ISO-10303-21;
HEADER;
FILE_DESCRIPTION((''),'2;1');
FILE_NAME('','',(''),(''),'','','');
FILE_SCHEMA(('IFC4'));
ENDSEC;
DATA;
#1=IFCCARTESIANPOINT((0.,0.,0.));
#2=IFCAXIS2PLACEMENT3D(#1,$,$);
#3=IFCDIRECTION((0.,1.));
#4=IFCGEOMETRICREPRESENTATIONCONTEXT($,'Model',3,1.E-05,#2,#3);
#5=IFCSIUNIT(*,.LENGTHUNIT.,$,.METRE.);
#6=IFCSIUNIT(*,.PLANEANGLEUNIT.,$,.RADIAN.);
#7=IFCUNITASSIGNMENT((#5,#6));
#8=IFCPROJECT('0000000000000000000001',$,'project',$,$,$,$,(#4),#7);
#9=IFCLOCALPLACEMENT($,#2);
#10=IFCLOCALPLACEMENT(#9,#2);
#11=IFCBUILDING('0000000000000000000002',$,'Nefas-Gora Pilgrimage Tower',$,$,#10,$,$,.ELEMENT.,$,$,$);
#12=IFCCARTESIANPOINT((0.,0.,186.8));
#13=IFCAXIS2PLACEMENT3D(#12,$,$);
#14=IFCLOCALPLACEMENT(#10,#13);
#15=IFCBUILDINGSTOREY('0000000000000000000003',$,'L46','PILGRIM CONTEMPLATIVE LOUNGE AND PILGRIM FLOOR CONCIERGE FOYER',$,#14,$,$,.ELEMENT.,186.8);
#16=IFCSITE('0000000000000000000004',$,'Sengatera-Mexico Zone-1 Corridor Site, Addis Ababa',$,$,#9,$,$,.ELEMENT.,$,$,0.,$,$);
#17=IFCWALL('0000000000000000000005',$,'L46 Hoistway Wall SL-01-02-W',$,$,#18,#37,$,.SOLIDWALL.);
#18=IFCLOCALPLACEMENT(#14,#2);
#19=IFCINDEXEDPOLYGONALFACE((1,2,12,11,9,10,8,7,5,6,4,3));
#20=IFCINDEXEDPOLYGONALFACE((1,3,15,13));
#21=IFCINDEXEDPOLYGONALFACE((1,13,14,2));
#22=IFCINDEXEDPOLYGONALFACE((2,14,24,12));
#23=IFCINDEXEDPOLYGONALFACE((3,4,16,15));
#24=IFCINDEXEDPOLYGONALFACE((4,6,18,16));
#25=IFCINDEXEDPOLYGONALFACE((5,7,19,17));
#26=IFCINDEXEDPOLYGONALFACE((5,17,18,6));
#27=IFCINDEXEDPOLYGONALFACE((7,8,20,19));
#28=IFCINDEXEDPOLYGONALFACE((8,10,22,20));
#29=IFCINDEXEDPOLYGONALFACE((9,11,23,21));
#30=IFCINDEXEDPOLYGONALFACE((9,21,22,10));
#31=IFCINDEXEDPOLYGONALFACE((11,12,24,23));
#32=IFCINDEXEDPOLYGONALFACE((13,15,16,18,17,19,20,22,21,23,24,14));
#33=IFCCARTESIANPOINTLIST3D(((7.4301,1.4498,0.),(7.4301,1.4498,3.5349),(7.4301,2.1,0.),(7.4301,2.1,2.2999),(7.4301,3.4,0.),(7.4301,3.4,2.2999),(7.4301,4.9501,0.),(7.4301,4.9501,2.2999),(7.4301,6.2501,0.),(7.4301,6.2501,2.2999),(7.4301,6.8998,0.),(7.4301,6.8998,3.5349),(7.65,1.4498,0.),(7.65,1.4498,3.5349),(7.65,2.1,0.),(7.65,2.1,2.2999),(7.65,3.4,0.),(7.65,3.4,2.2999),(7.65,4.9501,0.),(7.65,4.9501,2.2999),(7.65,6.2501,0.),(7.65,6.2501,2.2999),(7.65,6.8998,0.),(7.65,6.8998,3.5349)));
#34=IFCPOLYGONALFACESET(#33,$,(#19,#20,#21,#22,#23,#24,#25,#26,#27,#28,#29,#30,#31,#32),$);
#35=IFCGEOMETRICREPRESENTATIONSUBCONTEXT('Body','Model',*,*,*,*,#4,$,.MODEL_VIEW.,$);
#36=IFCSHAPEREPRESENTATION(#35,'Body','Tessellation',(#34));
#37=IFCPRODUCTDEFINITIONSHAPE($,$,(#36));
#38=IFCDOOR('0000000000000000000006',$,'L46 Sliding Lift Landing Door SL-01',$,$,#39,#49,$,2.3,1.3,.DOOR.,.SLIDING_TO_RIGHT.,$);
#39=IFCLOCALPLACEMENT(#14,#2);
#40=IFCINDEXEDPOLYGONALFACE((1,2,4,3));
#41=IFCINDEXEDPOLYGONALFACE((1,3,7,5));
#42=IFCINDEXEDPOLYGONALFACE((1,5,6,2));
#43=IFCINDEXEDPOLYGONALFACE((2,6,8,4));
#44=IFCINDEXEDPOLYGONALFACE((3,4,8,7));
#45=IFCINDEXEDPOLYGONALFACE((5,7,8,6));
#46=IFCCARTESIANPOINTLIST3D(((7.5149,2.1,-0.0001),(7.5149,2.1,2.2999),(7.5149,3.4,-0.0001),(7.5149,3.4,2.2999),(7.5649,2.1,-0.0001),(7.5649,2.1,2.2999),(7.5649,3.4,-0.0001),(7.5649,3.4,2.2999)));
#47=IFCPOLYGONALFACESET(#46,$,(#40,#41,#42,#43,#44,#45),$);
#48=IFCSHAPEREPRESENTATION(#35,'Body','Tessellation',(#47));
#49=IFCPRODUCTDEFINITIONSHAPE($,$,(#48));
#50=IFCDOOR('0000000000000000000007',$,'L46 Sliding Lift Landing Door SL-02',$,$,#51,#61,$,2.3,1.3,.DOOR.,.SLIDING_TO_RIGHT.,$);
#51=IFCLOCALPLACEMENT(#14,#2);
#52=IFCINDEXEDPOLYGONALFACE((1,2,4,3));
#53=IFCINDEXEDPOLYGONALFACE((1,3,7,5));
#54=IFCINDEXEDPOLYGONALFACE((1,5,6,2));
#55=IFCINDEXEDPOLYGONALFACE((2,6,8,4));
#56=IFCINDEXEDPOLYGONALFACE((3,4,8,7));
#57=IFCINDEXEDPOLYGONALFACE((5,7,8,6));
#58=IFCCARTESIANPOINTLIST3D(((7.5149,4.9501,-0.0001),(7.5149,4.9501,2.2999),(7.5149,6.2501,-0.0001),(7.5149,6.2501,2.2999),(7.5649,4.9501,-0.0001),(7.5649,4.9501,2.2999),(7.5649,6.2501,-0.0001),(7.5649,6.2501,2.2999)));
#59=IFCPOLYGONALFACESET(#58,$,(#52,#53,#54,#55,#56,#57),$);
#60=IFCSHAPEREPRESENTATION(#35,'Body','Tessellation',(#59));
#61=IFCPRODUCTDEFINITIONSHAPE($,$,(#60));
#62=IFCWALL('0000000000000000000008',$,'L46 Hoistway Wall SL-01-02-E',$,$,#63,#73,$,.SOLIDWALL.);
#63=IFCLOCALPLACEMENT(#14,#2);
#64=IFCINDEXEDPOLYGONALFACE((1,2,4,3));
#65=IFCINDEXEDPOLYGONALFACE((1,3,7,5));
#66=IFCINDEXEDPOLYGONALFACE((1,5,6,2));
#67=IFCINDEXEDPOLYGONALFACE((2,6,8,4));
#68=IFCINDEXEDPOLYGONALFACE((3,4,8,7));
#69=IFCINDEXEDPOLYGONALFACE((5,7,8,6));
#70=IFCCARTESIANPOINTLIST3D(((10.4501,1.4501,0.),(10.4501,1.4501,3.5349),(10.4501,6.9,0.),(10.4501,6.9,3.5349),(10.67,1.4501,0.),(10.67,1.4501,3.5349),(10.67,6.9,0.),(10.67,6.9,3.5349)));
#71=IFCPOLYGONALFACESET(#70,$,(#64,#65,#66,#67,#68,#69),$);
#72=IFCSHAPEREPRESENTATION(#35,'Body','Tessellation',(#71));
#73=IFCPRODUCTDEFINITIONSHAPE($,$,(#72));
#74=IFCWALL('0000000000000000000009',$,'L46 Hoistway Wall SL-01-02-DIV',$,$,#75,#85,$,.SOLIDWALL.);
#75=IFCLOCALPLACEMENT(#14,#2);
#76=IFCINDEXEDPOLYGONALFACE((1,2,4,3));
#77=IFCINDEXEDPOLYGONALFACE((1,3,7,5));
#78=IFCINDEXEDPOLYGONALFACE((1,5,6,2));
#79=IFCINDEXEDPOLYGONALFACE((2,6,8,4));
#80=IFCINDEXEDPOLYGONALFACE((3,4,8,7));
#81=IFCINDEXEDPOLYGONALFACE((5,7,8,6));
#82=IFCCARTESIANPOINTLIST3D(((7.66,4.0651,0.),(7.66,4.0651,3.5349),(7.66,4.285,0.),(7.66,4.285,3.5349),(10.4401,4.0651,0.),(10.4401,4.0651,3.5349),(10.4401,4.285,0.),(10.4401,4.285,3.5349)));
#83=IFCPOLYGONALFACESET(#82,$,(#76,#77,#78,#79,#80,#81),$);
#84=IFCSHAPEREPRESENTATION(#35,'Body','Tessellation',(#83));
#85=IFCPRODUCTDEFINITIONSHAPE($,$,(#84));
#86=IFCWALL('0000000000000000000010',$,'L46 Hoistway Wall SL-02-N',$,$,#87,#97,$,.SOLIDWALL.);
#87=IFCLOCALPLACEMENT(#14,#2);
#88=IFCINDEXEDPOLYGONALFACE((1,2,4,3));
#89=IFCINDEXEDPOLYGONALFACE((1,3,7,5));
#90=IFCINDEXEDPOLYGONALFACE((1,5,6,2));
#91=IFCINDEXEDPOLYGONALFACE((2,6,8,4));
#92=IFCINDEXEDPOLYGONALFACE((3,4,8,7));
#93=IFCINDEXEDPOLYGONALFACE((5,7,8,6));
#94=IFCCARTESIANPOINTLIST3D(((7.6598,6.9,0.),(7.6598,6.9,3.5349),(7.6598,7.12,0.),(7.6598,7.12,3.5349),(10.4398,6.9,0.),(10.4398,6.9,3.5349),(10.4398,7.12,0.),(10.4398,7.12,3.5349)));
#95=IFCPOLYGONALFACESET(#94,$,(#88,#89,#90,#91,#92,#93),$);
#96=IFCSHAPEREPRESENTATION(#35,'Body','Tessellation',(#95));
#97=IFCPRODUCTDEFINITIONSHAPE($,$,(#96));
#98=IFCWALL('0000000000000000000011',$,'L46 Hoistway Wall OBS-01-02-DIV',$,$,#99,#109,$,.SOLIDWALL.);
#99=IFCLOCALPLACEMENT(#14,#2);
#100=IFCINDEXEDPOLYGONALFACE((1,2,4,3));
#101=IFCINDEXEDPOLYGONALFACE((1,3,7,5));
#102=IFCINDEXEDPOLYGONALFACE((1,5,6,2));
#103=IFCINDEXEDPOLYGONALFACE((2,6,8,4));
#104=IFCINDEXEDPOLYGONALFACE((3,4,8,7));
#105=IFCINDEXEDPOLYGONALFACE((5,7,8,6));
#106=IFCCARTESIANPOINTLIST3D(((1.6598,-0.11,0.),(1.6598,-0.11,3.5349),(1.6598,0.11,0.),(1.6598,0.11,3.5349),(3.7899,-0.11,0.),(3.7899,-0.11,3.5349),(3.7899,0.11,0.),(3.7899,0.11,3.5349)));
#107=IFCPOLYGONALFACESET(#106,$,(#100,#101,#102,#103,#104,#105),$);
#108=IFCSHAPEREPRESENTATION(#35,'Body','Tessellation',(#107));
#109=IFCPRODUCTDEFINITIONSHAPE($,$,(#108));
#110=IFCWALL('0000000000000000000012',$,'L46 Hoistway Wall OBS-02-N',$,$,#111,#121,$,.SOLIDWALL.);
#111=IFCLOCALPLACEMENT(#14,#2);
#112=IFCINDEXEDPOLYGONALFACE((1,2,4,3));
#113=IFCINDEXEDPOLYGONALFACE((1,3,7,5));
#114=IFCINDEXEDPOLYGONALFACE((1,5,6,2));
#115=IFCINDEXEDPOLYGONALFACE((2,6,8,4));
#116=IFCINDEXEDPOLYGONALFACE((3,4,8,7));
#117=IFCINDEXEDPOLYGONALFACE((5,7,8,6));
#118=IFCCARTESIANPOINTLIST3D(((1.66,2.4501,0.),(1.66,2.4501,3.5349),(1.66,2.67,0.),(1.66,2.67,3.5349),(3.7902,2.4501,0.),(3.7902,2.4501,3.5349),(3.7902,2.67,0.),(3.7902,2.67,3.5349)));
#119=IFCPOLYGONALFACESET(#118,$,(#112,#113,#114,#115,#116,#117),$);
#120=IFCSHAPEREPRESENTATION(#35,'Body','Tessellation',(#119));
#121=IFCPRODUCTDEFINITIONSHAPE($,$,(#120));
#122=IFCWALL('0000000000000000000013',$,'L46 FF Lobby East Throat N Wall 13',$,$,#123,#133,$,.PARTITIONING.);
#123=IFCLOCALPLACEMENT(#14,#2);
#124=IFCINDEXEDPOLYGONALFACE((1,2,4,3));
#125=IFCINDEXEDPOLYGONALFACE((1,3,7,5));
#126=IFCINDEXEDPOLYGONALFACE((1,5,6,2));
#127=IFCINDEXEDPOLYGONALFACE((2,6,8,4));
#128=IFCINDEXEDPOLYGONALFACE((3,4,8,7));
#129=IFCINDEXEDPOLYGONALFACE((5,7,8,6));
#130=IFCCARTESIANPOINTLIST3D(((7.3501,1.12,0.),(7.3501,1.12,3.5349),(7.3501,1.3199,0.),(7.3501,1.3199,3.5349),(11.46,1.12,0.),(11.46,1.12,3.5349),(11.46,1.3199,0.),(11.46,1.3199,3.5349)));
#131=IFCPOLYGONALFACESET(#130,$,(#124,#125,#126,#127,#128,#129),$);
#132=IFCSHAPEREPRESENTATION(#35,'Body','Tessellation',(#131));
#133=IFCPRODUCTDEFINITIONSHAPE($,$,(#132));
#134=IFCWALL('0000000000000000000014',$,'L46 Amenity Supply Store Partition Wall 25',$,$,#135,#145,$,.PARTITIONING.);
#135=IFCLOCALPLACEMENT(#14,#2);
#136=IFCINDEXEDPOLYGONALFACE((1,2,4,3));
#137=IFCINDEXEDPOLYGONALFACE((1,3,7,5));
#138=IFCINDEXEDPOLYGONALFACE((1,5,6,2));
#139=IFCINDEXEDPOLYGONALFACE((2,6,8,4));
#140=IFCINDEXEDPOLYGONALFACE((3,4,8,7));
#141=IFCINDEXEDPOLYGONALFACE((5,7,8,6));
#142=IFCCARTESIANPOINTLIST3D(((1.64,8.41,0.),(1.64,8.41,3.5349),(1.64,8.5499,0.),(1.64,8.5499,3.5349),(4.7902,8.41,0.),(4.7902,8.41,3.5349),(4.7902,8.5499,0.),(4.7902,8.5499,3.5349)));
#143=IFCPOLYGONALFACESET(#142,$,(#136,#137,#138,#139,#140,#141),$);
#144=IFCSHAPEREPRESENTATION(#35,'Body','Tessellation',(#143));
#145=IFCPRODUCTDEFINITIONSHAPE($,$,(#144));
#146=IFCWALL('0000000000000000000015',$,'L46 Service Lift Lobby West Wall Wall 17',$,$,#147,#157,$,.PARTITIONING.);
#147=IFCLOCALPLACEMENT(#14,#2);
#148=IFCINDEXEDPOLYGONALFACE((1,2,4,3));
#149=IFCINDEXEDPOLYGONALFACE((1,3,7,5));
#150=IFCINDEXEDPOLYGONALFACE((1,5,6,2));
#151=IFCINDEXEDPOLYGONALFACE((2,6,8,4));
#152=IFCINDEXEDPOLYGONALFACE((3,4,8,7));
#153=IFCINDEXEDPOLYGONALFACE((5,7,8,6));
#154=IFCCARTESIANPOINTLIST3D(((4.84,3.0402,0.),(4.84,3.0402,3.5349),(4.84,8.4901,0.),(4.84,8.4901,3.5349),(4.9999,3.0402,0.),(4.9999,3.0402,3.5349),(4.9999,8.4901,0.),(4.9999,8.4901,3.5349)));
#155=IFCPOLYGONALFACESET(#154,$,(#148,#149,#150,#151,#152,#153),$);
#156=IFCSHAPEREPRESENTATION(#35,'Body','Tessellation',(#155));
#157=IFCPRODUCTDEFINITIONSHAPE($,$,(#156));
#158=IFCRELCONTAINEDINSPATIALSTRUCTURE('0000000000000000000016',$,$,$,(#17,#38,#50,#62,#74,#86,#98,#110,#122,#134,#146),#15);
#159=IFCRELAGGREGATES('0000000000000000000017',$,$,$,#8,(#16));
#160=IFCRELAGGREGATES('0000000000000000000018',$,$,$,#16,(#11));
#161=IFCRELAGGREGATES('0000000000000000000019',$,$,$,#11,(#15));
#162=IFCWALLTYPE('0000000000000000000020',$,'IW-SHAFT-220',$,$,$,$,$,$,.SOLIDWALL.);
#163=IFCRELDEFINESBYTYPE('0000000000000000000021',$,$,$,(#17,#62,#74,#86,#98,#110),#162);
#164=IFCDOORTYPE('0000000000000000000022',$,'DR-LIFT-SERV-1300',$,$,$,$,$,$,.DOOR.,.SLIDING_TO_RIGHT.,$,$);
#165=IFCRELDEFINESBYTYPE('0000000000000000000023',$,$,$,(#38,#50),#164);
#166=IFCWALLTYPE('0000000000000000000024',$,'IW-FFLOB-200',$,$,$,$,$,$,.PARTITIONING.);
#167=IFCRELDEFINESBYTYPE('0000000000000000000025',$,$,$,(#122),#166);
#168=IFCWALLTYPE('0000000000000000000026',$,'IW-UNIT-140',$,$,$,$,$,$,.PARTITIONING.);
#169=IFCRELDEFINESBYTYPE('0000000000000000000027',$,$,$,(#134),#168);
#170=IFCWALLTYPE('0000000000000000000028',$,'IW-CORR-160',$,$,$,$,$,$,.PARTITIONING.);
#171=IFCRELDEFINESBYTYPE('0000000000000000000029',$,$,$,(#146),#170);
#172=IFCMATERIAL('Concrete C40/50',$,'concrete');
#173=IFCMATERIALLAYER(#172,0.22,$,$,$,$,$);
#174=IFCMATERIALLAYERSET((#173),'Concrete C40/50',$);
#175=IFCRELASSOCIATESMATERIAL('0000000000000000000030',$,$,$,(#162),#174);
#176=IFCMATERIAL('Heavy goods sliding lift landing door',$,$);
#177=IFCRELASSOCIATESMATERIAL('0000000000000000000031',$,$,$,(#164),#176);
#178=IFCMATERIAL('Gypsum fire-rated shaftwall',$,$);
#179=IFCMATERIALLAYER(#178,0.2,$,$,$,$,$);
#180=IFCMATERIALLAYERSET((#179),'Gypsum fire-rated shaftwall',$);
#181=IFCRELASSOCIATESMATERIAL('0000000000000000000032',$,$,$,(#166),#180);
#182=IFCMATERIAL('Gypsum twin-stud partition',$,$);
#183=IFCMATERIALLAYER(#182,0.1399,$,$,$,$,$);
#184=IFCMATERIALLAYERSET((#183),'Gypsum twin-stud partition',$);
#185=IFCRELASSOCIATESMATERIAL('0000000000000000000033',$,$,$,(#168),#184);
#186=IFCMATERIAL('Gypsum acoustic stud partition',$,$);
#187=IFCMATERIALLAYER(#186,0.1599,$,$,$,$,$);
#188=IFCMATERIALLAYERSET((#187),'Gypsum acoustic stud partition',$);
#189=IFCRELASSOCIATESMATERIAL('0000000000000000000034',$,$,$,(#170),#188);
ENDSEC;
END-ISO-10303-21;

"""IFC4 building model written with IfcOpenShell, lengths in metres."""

from ifc_helpers import new_model, si_unit, direction, frame, frame_2d, origin, place, context, subcontext, project, spatial, rectangle, extrude, source, transform, mapped, material, layer, layer_set, type_object, element, fill, save


model = new_model("IFC4")

# Units and contexts
model_context = context("Model", 3, precision=1e-05, world=origin(), true_north=direction((0.0, 1.0)))
body_context = subcontext(model_context, "Body", "Model", "MODEL_VIEW")
ifc_project = project(units=[si_unit("LENGTHUNIT", "METRE"), si_unit("PLANEANGLEUNIT", "RADIAN")], contexts=[model_context])

# Site, building, storey
site_placement = place(None, origin())
site = spatial("IfcSite", under=ifc_project, at=site_placement, Name="Sengatera-Mexico Zone-1 Corridor Site, Addis Ababa", CompositionType="ELEMENT", RefElevation=0.0)
building_placement = place(site_placement, origin())
building = spatial("IfcBuilding", under=site, at=building_placement, Name="Nefas-Gora Pilgrimage Tower", CompositionType="ELEMENT")
storey_placement = place(building_placement, frame((0.0, 0.0, 186.8)))
storey = spatial("IfcBuildingStorey", under=building, at=storey_placement, Name="L46", Description="PILGRIM CONTEMPLATIVE LOUNGE AND PILGRIM FLOOR CONCIERGE FOYER", CompositionType="ELEMENT", Elevation=186.8)

# Wall, openings, doors
ifc_material_1 = material(Name="Concrete C40/50", Category="concrete")
ifc_layer_1 = layer(ifc_material_1, 0.22)
ifc_layer_set_1 = layer_set([ifc_layer_1], Name="Concrete C40/50")
wall_type_1 = type_object("IfcWallType", Name="IW-SHAFT-220", PredefinedType="SOLIDWALL", material=ifc_layer_set_1)
shared_shape_1 = source(origin(), body_context, "Body", "SweptSolid", [
    extrude(rectangle(XDim=5.45, YDim=0.22, at=frame_2d((2.7251, 0.0))), origin(), (0.0, 0.0, 1.0), 3.5349),
])
wall_1_placement = place(storey_placement, frame((7.54, 6.8999, 0.0), z_axis=(0.0, 0.0, 1.0), x_axis=(0.0, -1.0, 0.0)))
wall_1 = element("IfcWall", 1, at=wall_1_placement, inside=storey, type_object=wall_type_1, Name="L46 Hoistway Wall SL-01-02-W", PredefinedType="SOLIDWALL", context=body_context, shape_type="MappedRepresentation", body=[
    mapped(shared_shape_1, transform((0.0, 0.0, 0.0), x_axis=(1.0, 0.0, 0.0), y_axis=(0.0, 1.0, 0.0), z_axis=(0.0, 0.0, 1.0), scale=1.0)),
])
opening_1_placement = place(wall_1_placement, frame((3.5, 0.0, 0.0)))
opening_1 = element("IfcOpeningElement", 2, at=opening_1_placement, cuts=wall_1, PredefinedType="OPENING", context=body_context, shape_type="SweptSolid", body=[
    extrude(rectangle(XDim=1.3, YDim=2.3, at=frame_2d((0.6499, 1.1499))), frame((0.0, 0.1199, 0.0), z_axis=(0.0, -1.0, 0.0), x_axis=(1.0, 0.0, 0.0)), (0.0, 0.0, 1.0), 0.24),
])
opening_2_placement = place(wall_1_placement, frame((0.6499, 0.0, 0.0)))
opening_2 = element("IfcOpeningElement", 3, at=opening_2_placement, cuts=wall_1, PredefinedType="OPENING", context=body_context, shape_type="SweptSolid", body=[
    extrude(rectangle(XDim=1.3, YDim=2.3, at=frame_2d((0.6499, 1.1499))), frame((0.0, 0.1199, 0.0), z_axis=(0.0, -1.0, 0.0), x_axis=(1.0, 0.0, 0.0)), (0.0, 0.0, 1.0), 0.24),
])
ifc_material_2 = material(Name="Heavy goods sliding lift landing door")
door_type_1 = type_object("IfcDoorType", Name="DR-LIFT-SERV-1300", OperationType="SLIDING_TO_RIGHT", PredefinedType="DOOR", material=ifc_material_2)
shared_shape_2 = source(origin(), body_context, "Body", "SweptSolid", [
    extrude(rectangle(XDim=1.3, YDim=2.3, at=frame_2d((0.6499, 1.1499))), frame((0.0, 0.0249, 0.0), z_axis=(0.0, -1.0, 0.0), x_axis=(1.0, 0.0, 0.0)), (0.0, 0.0, 1.0), 0.05),
])
door_1_placement = place(opening_1_placement, origin())
door_1 = element("IfcDoor", 4, at=door_1_placement, inside=storey, type_object=door_type_1, Name="L46 Sliding Lift Landing Door SL-01", OperationType="SLIDING_TO_RIGHT", OverallHeight=2.3, OverallWidth=1.3, PredefinedType="DOOR", context=body_context, shape_type="MappedRepresentation", body=[
    mapped(shared_shape_2, transform((0.0, 0.0, 0.0), x_axis=(1.0, 0.0, 0.0), y_axis=(0.0, 1.0, 0.0), z_axis=(0.0, 0.0, 1.0), scale=1.0)),
])
fill(opening_1, door_1)
door_2_placement = place(opening_2_placement, origin())
door_2 = element("IfcDoor", 5, at=door_2_placement, inside=storey, type_object=door_type_1, Name="L46 Sliding Lift Landing Door SL-02", OperationType="SLIDING_TO_RIGHT", OverallHeight=2.3, OverallWidth=1.3, PredefinedType="DOOR", context=body_context, shape_type="MappedRepresentation", body=[
    mapped(shared_shape_2, transform((0.0, 0.0, 0.0), x_axis=(1.0, 0.0, 0.0), y_axis=(0.0, 1.0, 0.0), z_axis=(0.0, 0.0, 1.0), scale=1.0)),
])
fill(opening_2, door_2)

# Walls
wall_2_placement = place(storey_placement, frame((10.5601, 1.45, 0.0), z_axis=(0.0, 0.0, 1.0), x_axis=(0.0, 1.0, 0.0)))
element("IfcWall", 6, at=wall_2_placement, inside=storey, type_object=wall_type_1, Name="L46 Hoistway Wall SL-01-02-E", PredefinedType="SOLIDWALL", context=body_context, shape_type="MappedRepresentation", body=[
    mapped(shared_shape_1, transform((0.0, 0.0, 0.0), x_axis=(1.0, 0.0, 0.0), y_axis=(0.0, 1.0, 0.0), z_axis=(0.0, 0.0, 1.0), scale=1.0)),
])
shared_shape_3 = source(origin(), body_context, "Body", "SweptSolid", [
    extrude(rectangle(XDim=2.78, YDim=0.22, at=frame_2d((1.3901, 0.0))), origin(), (0.0, 0.0, 1.0), 3.5349),
])
for number, where, z_axis, x_axis, name in (
    (7, (7.6599, 4.175, 0.0), (0.0, 0.0, 1.0), (1.0, 0.0, 0.0), "L46 Hoistway Wall SL-01-02-DIV"),
    (8, (10.4399, 7.01, 0.0), (0.0, 0.0, 1.0), (-1.0, 0.0, 0.0), "L46 Hoistway Wall SL-02-N"),
):
    element("IfcWall", number, at=place(storey_placement, frame(where, z_axis=z_axis, x_axis=x_axis)), inside=storey, type_object=wall_type_1, Name=name, PredefinedType="SOLIDWALL", context=body_context, shape_type="MappedRepresentation", body=[
        mapped(shared_shape_3, transform((0.0, 0.0, 0.0), x_axis=(1.0, 0.0, 0.0), y_axis=(0.0, 1.0, 0.0), z_axis=(0.0, 0.0, 1.0), scale=1.0)),
    ])
shared_shape_4 = source(origin(), body_context, "Body", "SweptSolid", [
    extrude(rectangle(XDim=2.1301, YDim=0.22, at=frame_2d((1.0649, 0.0))), origin(), (0.0, 0.0, 1.0), 3.5349),
])
for number, where, z_axis, x_axis, name in (
    (9, (1.6599, 0.0, 0.0), (0.0, 0.0, 1.0), (1.0, 0.0, 0.0), "L46 Hoistway Wall OBS-01-02-DIV"),
    (10, (3.79, 2.5601, 0.0), (0.0, 0.0, 1.0), (-1.0, 0.0, 0.0), "L46 Hoistway Wall OBS-02-N"),
):
    element("IfcWall", number, at=place(storey_placement, frame(where, z_axis=z_axis, x_axis=x_axis)), inside=storey, type_object=wall_type_1, Name=name, PredefinedType="SOLIDWALL", context=body_context, shape_type="MappedRepresentation", body=[
        mapped(shared_shape_4, transform((0.0, 0.0, 0.0), x_axis=(1.0, 0.0, 0.0), y_axis=(0.0, 1.0, 0.0), z_axis=(0.0, 0.0, 1.0), scale=1.0)),
    ])

# Shared definitions
ifc_material_3 = material(Name="Gypsum fire-rated shaftwall")
ifc_layer_2 = layer(ifc_material_3, 0.2)
ifc_layer_set_2 = layer_set([ifc_layer_2], Name="Gypsum fire-rated shaftwall")
wall_type_2 = type_object("IfcWallType", Name="IW-FFLOB-200", PredefinedType="PARTITIONING", material=ifc_layer_set_2)

# Walls
shared_shape_5 = source(origin(), body_context, "Body", "SweptSolid", [
    extrude(rectangle(XDim=4.1099, YDim=0.2, at=frame_2d((2.0549, 0.0))), origin(), (0.0, 0.0, 1.0), 3.5349),
])
wall_3_placement = place(storey_placement, frame((7.3501, 1.22, 0.0), z_axis=(0.0, 0.0, 1.0), x_axis=(1.0, 0.0, 0.0)))
element("IfcWall", 11, at=wall_3_placement, inside=storey, type_object=wall_type_2, Name="L46 FF Lobby East Throat N Wall 13", PredefinedType="PARTITIONING", context=body_context, shape_type="MappedRepresentation", body=[
    mapped(shared_shape_5, transform((0.0, 0.0, 0.0), x_axis=(1.0, 0.0, 0.0), y_axis=(0.0, 1.0, 0.0), z_axis=(0.0, 0.0, 1.0), scale=1.0)),
])
ifc_material_4 = material(Name="Gypsum twin-stud partition")
ifc_layer_3 = layer(ifc_material_4, 0.1399)
ifc_layer_set_3 = layer_set([ifc_layer_3], Name="Gypsum twin-stud partition")
wall_type_3 = type_object("IfcWallType", Name="IW-UNIT-140", PredefinedType="PARTITIONING", material=ifc_layer_set_3)
shared_shape_6 = source(origin(), body_context, "Body", "SweptSolid", [
    extrude(rectangle(XDim=3.1501, YDim=0.1399, at=frame_2d((1.5752, 0.0))), origin(), (0.0, 0.0, 1.0), 3.5349),
])
wall_4_placement = place(storey_placement, frame((1.6399, 8.48, 0.0), z_axis=(0.0, 0.0, 1.0), x_axis=(1.0, 0.0, 0.0)))
element("IfcWall", 12, at=wall_4_placement, inside=storey, type_object=wall_type_3, Name="L46 Amenity Supply Store Partition Wall 25", PredefinedType="PARTITIONING", context=body_context, shape_type="MappedRepresentation", body=[
    mapped(shared_shape_6, transform((0.0, 0.0, 0.0), x_axis=(1.0, 0.0, 0.0), y_axis=(0.0, 1.0, 0.0), z_axis=(0.0, 0.0, 1.0), scale=1.0)),
])
ifc_material_5 = material(Name="Gypsum acoustic stud partition")
ifc_layer_4 = layer(ifc_material_5, 0.1599)
ifc_layer_set_4 = layer_set([ifc_layer_4], Name="Gypsum acoustic stud partition")
wall_type_4 = type_object("IfcWallType", Name="IW-CORR-160", PredefinedType="PARTITIONING", material=ifc_layer_set_4)
shared_shape_7 = source(origin(), body_context, "Body", "SweptSolid", [
    extrude(rectangle(XDim=5.45, YDim=0.1599, at=frame_2d((2.7251, 0.0))), origin(), (0.0, 0.0, 1.0), 3.5349),
])
wall_5_placement = place(storey_placement, frame((4.9199, 3.04, 0.0), z_axis=(0.0, 0.0, 1.0), x_axis=(0.0, 1.0, 0.0)))
element("IfcWall", 13, at=wall_5_placement, inside=storey, type_object=wall_type_4, Name="L46 Service Lift Lobby West Wall Wall 17", PredefinedType="PARTITIONING", context=body_context, shape_type="MappedRepresentation", body=[
    mapped(shared_shape_7, transform((0.0, 0.0, 0.0), x_axis=(1.0, 0.0, 0.0), y_axis=(0.0, 1.0, 0.0), z_axis=(0.0, 0.0, 1.0), scale=1.0)),
])

save(model, "model.ifc")
